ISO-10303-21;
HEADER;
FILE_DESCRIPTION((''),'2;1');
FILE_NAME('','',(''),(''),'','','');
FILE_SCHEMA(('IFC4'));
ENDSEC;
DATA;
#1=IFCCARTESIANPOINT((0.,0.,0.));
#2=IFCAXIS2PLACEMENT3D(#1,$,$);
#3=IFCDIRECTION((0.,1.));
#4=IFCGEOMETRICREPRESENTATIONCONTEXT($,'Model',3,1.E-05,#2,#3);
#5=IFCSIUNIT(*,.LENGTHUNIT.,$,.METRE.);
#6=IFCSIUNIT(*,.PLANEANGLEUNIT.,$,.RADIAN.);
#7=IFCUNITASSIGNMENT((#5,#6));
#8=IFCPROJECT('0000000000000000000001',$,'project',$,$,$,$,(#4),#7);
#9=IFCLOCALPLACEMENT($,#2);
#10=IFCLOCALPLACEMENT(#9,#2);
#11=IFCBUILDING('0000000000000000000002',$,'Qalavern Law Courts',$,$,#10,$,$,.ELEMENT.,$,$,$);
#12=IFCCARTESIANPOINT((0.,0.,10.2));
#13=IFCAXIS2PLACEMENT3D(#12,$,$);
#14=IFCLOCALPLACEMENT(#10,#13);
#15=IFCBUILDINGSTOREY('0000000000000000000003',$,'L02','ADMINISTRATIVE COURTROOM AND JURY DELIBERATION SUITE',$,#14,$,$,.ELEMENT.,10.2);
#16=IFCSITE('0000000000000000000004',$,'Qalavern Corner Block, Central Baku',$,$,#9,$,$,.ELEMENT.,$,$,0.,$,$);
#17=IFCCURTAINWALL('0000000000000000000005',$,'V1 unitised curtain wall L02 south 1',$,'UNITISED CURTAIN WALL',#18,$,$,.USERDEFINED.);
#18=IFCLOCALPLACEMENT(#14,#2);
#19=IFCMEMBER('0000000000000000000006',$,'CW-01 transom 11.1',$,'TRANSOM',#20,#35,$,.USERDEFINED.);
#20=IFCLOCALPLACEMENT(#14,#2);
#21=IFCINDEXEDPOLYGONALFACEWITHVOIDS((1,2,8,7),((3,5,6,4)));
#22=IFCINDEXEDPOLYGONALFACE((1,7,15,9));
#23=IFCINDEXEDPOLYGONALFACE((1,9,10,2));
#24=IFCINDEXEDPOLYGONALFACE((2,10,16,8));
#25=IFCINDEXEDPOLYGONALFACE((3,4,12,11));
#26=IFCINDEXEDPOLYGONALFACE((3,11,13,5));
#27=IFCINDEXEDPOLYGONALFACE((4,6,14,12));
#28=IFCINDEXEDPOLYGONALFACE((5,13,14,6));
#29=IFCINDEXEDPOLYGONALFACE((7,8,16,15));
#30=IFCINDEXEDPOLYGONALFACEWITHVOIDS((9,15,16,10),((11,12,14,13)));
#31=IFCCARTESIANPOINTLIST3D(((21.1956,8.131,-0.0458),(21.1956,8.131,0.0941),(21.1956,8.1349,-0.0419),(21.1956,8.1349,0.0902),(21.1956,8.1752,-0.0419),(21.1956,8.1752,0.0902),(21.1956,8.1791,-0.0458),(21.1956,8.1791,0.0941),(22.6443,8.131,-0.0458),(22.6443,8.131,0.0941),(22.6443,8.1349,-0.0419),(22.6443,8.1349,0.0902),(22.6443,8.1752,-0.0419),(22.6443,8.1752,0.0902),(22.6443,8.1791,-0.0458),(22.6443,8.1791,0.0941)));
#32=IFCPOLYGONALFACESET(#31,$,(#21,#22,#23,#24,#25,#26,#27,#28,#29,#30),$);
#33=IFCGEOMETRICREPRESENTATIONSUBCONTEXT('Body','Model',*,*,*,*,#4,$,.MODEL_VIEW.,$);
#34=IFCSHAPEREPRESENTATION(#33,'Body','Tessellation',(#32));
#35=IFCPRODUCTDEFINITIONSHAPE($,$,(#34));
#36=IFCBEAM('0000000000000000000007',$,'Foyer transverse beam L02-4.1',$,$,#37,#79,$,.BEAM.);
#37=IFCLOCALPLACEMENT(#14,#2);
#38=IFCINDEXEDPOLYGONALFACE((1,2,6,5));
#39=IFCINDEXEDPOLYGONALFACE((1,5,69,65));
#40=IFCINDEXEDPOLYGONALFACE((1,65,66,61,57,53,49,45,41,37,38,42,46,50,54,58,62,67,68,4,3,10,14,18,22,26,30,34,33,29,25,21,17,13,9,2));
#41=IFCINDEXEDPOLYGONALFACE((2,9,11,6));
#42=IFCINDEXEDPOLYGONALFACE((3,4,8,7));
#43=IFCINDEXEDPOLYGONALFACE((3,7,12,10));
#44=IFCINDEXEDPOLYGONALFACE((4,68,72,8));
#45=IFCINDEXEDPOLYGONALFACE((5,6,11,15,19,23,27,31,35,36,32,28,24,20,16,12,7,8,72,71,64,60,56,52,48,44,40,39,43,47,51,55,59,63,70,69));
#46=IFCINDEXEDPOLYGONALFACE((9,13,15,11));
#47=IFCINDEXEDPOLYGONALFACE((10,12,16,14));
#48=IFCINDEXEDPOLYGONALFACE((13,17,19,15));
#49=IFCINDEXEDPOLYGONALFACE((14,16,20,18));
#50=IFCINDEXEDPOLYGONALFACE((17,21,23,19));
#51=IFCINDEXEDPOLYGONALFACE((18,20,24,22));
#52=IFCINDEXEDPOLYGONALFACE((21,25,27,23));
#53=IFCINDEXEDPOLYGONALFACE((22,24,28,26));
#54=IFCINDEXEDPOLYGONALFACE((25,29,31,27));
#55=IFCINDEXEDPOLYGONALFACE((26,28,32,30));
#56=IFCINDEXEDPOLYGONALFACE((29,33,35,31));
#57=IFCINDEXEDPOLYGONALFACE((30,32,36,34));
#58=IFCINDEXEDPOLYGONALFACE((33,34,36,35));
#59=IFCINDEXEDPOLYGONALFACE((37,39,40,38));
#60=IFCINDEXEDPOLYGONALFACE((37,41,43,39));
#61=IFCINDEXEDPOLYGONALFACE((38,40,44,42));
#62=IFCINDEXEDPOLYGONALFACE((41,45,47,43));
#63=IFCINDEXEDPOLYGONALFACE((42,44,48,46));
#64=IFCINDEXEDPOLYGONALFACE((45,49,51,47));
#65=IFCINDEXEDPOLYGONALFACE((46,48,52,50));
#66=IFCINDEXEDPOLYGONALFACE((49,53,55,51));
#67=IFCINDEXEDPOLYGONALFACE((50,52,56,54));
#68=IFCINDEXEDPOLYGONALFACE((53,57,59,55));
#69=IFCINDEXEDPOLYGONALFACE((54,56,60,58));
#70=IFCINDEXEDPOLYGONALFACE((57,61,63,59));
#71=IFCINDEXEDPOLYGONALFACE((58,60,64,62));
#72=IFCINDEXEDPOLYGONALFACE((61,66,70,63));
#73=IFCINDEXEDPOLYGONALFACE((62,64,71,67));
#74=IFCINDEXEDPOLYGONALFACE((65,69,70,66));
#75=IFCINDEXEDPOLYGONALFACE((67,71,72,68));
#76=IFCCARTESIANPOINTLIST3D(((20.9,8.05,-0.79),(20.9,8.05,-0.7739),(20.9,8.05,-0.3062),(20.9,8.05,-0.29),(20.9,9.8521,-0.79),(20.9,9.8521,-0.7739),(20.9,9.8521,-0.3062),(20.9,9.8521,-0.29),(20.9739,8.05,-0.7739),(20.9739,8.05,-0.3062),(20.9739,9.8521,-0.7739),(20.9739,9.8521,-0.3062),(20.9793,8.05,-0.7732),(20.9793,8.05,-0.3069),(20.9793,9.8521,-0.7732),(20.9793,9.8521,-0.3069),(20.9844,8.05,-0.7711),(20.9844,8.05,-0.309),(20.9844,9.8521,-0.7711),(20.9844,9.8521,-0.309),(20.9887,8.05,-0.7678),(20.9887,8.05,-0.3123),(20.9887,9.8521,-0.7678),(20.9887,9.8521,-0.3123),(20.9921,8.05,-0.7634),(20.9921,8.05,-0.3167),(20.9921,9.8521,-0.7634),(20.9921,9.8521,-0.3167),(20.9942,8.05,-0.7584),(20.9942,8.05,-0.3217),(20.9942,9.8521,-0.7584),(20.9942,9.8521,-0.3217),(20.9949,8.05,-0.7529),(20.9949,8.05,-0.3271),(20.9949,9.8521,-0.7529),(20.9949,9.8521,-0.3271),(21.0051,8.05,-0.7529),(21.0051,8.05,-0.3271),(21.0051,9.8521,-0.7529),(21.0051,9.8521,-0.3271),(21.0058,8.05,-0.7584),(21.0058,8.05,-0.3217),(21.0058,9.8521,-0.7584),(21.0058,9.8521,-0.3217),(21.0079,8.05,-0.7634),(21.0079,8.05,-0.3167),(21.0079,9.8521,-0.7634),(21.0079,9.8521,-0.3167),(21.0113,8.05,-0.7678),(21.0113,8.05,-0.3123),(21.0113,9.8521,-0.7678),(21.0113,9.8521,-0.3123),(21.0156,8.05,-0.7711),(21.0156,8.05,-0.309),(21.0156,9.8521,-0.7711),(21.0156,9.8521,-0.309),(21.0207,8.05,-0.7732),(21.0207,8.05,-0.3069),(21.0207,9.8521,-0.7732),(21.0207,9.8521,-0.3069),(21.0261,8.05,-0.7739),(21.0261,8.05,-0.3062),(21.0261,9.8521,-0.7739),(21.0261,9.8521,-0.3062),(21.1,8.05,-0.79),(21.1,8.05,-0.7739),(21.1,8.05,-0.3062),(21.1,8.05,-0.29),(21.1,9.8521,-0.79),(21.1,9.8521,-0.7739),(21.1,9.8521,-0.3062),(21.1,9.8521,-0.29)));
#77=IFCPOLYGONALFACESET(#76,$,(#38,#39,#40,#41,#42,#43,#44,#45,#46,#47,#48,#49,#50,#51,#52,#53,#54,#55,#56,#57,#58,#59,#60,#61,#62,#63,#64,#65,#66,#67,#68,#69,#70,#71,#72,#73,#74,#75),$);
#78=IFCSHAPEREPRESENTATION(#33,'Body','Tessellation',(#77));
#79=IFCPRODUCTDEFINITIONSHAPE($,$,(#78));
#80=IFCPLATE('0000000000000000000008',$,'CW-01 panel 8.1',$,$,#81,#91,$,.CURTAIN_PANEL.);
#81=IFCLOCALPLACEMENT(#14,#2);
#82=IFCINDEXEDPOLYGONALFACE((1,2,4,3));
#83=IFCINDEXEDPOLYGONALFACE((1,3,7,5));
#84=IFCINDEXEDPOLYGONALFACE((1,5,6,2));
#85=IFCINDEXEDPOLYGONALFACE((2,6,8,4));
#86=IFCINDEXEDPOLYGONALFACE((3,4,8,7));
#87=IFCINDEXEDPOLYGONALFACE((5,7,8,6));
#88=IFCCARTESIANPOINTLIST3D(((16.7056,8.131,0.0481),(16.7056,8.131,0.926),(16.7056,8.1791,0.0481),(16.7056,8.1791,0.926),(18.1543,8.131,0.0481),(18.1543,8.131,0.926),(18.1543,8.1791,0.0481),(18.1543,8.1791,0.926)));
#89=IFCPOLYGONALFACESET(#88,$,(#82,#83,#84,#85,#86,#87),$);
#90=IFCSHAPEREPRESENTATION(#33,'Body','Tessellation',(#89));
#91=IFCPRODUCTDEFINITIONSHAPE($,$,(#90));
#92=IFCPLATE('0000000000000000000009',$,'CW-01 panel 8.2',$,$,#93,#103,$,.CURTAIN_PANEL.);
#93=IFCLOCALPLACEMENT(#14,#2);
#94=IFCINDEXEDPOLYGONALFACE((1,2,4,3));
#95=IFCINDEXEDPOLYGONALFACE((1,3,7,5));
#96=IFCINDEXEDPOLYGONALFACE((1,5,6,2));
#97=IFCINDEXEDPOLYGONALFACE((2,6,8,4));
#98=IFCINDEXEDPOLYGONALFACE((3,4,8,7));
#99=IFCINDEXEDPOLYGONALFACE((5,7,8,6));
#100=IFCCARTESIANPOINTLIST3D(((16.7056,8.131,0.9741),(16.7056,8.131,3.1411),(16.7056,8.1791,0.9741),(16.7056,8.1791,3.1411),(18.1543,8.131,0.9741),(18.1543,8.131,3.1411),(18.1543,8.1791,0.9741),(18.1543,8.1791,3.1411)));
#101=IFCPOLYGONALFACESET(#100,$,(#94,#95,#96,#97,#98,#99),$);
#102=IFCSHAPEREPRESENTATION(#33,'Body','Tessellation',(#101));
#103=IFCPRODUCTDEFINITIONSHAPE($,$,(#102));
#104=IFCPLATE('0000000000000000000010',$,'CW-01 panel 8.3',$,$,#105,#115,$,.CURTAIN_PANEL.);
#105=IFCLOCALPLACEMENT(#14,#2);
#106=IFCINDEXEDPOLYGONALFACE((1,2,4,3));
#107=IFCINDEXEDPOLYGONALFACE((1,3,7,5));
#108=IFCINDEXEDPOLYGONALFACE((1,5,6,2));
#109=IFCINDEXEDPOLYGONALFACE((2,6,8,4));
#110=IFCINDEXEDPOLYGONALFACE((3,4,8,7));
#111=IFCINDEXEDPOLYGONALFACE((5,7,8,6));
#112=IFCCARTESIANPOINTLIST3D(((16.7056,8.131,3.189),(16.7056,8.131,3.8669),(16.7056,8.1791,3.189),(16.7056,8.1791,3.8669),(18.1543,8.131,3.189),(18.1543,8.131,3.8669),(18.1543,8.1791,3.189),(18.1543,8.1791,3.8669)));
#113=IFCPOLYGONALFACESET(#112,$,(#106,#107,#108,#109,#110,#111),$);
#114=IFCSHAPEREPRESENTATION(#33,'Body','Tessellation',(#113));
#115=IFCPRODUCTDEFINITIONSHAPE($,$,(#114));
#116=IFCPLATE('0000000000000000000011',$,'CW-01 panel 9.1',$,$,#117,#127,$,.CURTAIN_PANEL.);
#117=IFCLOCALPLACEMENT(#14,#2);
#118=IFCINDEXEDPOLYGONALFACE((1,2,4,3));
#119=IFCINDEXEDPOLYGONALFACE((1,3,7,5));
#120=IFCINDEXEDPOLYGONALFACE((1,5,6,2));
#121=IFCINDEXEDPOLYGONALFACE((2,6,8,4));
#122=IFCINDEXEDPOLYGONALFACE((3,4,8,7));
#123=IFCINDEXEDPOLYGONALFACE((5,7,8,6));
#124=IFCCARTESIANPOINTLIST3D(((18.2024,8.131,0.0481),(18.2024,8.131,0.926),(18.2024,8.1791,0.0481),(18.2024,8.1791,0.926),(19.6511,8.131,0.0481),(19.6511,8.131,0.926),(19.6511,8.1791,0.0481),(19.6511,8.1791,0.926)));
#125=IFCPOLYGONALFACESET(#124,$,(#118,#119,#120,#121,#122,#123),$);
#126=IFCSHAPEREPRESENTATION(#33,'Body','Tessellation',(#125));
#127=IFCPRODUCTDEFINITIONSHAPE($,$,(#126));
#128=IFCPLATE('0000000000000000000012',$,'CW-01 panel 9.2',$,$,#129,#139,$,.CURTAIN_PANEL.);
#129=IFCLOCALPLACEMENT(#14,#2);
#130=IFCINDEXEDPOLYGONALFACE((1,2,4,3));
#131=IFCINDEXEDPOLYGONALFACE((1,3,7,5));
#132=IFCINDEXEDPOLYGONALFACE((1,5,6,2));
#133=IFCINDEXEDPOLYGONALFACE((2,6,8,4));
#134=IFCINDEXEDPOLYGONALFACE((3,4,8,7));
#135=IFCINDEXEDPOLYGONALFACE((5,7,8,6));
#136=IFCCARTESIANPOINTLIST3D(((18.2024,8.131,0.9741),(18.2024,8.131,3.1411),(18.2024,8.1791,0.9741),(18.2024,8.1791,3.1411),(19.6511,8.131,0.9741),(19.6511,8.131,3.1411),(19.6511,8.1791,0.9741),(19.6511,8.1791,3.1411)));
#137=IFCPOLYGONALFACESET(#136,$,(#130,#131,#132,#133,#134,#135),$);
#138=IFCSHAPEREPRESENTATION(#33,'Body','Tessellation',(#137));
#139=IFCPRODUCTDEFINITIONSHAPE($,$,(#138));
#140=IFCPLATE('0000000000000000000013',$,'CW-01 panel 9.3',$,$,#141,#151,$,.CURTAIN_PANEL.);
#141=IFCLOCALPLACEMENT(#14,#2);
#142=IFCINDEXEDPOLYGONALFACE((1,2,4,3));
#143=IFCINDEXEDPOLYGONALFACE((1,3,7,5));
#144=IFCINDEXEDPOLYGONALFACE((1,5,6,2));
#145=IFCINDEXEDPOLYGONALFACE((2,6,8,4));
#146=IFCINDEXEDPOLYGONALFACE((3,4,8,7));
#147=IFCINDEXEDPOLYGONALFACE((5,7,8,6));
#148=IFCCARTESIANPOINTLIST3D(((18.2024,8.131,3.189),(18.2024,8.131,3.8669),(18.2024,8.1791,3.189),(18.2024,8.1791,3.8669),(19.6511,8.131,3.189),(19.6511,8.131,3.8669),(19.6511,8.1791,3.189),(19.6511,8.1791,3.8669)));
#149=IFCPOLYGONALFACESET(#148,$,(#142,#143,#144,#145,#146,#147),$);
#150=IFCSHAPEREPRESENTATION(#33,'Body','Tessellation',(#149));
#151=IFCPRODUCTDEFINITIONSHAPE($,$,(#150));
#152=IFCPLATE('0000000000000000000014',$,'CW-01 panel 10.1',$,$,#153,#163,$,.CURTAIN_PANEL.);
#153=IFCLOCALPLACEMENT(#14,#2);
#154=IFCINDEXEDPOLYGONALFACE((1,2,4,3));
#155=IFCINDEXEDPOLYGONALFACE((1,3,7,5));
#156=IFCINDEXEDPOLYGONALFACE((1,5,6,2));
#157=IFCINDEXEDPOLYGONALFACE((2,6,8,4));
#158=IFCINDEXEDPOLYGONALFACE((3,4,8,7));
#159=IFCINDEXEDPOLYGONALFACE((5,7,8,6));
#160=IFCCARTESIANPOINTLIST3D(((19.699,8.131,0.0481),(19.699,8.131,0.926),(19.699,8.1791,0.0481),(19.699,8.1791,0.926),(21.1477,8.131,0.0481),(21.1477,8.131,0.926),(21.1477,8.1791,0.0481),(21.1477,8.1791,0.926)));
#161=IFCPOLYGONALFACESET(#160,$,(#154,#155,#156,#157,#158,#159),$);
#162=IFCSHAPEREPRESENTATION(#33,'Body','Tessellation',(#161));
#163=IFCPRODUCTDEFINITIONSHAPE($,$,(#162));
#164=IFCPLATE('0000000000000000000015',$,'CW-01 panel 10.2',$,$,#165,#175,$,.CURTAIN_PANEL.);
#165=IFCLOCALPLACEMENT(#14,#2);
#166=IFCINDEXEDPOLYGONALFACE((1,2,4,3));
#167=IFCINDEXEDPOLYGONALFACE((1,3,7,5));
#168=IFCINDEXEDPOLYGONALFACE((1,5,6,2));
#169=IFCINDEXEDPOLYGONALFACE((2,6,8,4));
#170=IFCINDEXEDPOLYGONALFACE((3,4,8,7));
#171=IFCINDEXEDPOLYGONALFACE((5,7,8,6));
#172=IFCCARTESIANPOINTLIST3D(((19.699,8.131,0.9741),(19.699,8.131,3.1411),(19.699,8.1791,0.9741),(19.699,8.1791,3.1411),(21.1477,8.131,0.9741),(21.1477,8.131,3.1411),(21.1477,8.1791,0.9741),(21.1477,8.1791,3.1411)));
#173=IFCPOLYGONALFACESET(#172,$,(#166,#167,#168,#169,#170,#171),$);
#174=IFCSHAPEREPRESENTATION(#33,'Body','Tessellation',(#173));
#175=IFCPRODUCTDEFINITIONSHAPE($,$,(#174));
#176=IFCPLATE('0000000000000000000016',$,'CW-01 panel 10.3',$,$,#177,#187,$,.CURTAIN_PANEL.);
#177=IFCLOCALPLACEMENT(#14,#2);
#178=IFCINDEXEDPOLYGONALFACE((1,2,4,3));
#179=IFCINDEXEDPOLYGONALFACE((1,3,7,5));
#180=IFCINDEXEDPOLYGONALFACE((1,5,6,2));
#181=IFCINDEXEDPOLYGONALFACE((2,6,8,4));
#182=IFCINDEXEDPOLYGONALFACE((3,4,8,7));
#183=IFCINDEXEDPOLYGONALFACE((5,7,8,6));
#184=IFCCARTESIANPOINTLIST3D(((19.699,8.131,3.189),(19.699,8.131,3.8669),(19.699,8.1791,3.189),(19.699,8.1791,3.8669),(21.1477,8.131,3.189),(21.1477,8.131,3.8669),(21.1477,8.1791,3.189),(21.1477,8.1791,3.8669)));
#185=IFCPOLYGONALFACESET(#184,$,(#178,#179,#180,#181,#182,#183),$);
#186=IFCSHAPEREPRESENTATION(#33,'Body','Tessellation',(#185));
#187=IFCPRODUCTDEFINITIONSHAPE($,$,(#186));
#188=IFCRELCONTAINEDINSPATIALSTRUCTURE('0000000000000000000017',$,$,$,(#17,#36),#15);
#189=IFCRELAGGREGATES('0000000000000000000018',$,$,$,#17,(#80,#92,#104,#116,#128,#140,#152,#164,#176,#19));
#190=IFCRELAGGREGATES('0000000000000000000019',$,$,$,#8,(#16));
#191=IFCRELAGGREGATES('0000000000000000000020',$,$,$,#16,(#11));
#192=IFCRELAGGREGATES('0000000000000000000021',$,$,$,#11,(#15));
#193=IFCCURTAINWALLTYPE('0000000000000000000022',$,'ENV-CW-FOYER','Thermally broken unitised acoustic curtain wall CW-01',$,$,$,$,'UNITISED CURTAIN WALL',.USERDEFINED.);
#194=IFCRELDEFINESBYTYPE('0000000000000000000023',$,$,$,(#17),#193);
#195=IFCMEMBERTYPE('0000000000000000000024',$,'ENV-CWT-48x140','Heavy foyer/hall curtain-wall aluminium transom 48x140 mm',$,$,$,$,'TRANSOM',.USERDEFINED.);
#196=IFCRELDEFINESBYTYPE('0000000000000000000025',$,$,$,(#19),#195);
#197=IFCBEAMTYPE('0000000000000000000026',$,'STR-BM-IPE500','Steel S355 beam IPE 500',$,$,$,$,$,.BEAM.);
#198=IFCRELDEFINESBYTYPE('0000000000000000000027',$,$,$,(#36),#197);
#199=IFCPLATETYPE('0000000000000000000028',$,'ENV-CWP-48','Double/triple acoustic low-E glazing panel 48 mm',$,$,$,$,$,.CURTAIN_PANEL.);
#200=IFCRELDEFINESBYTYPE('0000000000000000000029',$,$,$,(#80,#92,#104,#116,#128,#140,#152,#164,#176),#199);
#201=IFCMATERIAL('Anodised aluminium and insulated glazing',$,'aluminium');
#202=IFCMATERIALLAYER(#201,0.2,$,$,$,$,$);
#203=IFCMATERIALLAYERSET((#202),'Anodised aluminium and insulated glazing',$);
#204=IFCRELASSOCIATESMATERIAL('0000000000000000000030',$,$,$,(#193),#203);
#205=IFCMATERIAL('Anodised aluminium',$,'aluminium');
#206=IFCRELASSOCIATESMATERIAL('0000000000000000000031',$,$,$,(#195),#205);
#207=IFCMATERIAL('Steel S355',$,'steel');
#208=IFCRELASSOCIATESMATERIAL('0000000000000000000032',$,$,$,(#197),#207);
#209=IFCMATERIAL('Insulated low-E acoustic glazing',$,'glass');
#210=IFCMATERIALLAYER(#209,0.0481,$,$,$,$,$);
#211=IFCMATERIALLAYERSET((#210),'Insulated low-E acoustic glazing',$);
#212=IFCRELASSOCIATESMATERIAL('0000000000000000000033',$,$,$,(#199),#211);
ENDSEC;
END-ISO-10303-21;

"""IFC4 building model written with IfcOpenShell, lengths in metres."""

from ifc_helpers import new_model, si_unit, direction, frame, origin, origin_2d, place, context, subcontext, project, spatial, rectangle, hollow_rectangle, i_section, extrude, material, layer, layer_set, material_profile, profile_set, type_object, element, aggregate, save


model = new_model("IFC4")

# Units and contexts
model_context = context("Model", 3, precision=1e-05, world=origin(), true_north=direction((0.0, 1.0)))
body_context = subcontext(model_context, "Body", "Model", "MODEL_VIEW")
ifc_project = project(units=[si_unit("LENGTHUNIT", "METRE"), si_unit("PLANEANGLEUNIT", "RADIAN")], contexts=[model_context])

# Site, building, storey
site_placement = place(None, origin())
site = spatial("IfcSite", under=ifc_project, at=site_placement, Name="Qalavern Corner Block, Central Baku", CompositionType="ELEMENT", RefElevation=0.0)
building_placement = place(site_placement, origin())
building = spatial("IfcBuilding", under=site, at=building_placement, Name="Qalavern Law Courts", CompositionType="ELEMENT")
storey_placement = place(building_placement, frame((0.0, 0.0, 10.2)))
storey = spatial("IfcBuildingStorey", under=building, at=storey_placement, Name="L02", Description="ADMINISTRATIVE COURTROOM AND JURY DELIBERATION SUITE", CompositionType="ELEMENT", Elevation=10.2)

# Curtain wall, member
ifc_material_1 = material(Name="Anodised aluminium and insulated glazing", Category="aluminium")
ifc_layer_1 = layer(ifc_material_1, 0.2)
ifc_layer_set_1 = layer_set([ifc_layer_1], Name="Anodised aluminium and insulated glazing")
curtain_wall_type = type_object("IfcCurtainWallType", Name="ENV-CW-FOYER", Description="Thermally broken unitised acoustic curtain wall CW-01", ElementType="UNITISED CURTAIN WALL", PredefinedType="USERDEFINED", material=ifc_layer_set_1)
curtain_wall_placement = place(storey_placement, origin())
curtain_wall = element("IfcCurtainWall", 1, at=curtain_wall_placement, inside=storey, type_object=curtain_wall_type, Name="V1 unitised curtain wall L02 south 1", ObjectType="UNITISED CURTAIN WALL", PredefinedType="USERDEFINED")
ifc_material_2 = material(Name="Anodised aluminium", Category="aluminium")
ifc_material_profile_1 = material_profile(ifc_material_2, hollow_rectangle(XDim=0.0481, YDim=0.1399, WallThickness=0.0039, at=origin_2d()), Name="ALU TRANSOM 48x140")
ifc_profile_set_1 = profile_set([ifc_material_profile_1], Name="Anodised aluminium")
member_type_1 = type_object("IfcMemberType", Name="ENV-CWT-48x140", Description="Heavy foyer/hall curtain-wall aluminium transom 48x140 mm", ElementType="TRANSOM", PredefinedType="USERDEFINED", material=ifc_profile_set_1)
member_1_placement = place(storey_placement, frame((21.1956, 8.155, 0.0242), z_axis=(1.0, 0.0, 0.0), x_axis=(0.0, 1.0, 0.0)))
member_1 = element("IfcMember", 2, at=member_1_placement, type_object=member_type_1, Name="CW-01 transom 11.1", ObjectType="TRANSOM", PredefinedType="USERDEFINED", context=body_context, shape_type="SweptSolid", body=[
    extrude(hollow_rectangle(XDim=0.0481, YDim=0.1399, WallThickness=0.0039, at=origin_2d()), origin(), (0.0, 0.0, 1.0), 1.4487),
])

# Beam
ifc_material_3 = material(Name="Steel S355", Category="steel")
ifc_material_profile_2 = material_profile(ifc_material_3, i_section(OverallWidth=0.2, OverallDepth=0.5, WebThickness=0.0103, FlangeThickness=0.0161, FilletRadius=0.021, at=origin_2d()), Name="IPE 500")
ifc_profile_set_2 = profile_set([ifc_material_profile_2], Name="Steel S355")
beam_type = type_object("IfcBeamType", Name="STR-BM-IPE500", Description="Steel S355 beam IPE 500", PredefinedType="BEAM", material=ifc_profile_set_2)
beam_placement = place(storey_placement, frame((21.0, 8.05, -0.54), z_axis=(0.0, 1.0, 0.0), x_axis=(-1.0, 0.0, 0.0)))
element("IfcBeam", 3, at=beam_placement, inside=storey, type_object=beam_type, Name="Foyer transverse beam L02-4.1", PredefinedType="BEAM", context=body_context, shape_type="SweptSolid", body=[
    extrude(i_section(OverallWidth=0.2, OverallDepth=0.5, WebThickness=0.0103, FlangeThickness=0.0161, FilletRadius=0.021, at=origin_2d()), origin(), (0.0, 0.0, 1.0), 1.802),
])

# Plates
ifc_material_4 = material(Name="Insulated low-E acoustic glazing", Category="glass")
ifc_layer_2 = layer(ifc_material_4, 0.0481)
ifc_layer_set_2 = layer_set([ifc_layer_2], Name="Insulated low-E acoustic glazing")
plate_type = type_object("IfcPlateType", Name="ENV-CWP-48", Description="Double/triple acoustic low-E glazing panel 48 mm", PredefinedType="CURTAIN_PANEL", material=ifc_layer_set_2)
plate_1_placement = place(storey_placement, frame((17.4299, 8.155, 0.0481), z_axis=(0.0, 0.0, 1.0), x_axis=(1.0, 0.0, 0.0)))
plate_1 = element("IfcPlate", 4, at=plate_1_placement, type_object=plate_type, Name="CW-01 panel 8.1", PredefinedType="CURTAIN_PANEL", context=body_context, shape_type="SweptSolid", body=[
    extrude(rectangle(XDim=1.4487, YDim=0.0481, at=origin_2d()), origin(), (0.0, 0.0, 1.0), 0.8779),
])
plate_2_placement = place(storey_placement, frame((17.4299, 8.155, 0.9741), z_axis=(0.0, 0.0, 1.0), x_axis=(1.0, 0.0, 0.0)))
plate_2 = element("IfcPlate", 5, at=plate_2_placement, type_object=plate_type, Name="CW-01 panel 8.2", PredefinedType="CURTAIN_PANEL", context=body_context, shape_type="SweptSolid", body=[
    extrude(rectangle(XDim=1.4487, YDim=0.0481, at=origin_2d()), origin(), (0.0, 0.0, 1.0), 2.167),
])
plate_3_placement = place(storey_placement, frame((17.4299, 8.155, 3.189), z_axis=(0.0, 0.0, 1.0), x_axis=(1.0, 0.0, 0.0)))
plate_3 = element("IfcPlate", 6, at=plate_3_placement, type_object=plate_type, Name="CW-01 panel 8.3", PredefinedType="CURTAIN_PANEL", context=body_context, shape_type="SweptSolid", body=[
    extrude(rectangle(XDim=1.4487, YDim=0.0481, at=origin_2d()), origin(), (0.0, 0.0, 1.0), 0.678),
])
plate_4_placement = place(storey_placement, frame((18.9268, 8.155, 0.0481), z_axis=(0.0, 0.0, 1.0), x_axis=(1.0, 0.0, 0.0)))
plate_4 = element("IfcPlate", 7, at=plate_4_placement, type_object=plate_type, Name="CW-01 panel 9.1", PredefinedType="CURTAIN_PANEL", context=body_context, shape_type="SweptSolid", body=[
    extrude(rectangle(XDim=1.4487, YDim=0.0481, at=origin_2d()), origin(), (0.0, 0.0, 1.0), 0.8779),
])
plate_5_placement = place(storey_placement, frame((18.9268, 8.155, 0.9741), z_axis=(0.0, 0.0, 1.0), x_axis=(1.0, 0.0, 0.0)))
plate_5 = element("IfcPlate", 8, at=plate_5_placement, type_object=plate_type, Name="CW-01 panel 9.2", PredefinedType="CURTAIN_PANEL", context=body_context, shape_type="SweptSolid", body=[
    extrude(rectangle(XDim=1.4487, YDim=0.0481, at=origin_2d()), origin(), (0.0, 0.0, 1.0), 2.167),
])
plate_6_placement = place(storey_placement, frame((18.9268, 8.155, 3.189), z_axis=(0.0, 0.0, 1.0), x_axis=(1.0, 0.0, 0.0)))
plate_6 = element("IfcPlate", 9, at=plate_6_placement, type_object=plate_type, Name="CW-01 panel 9.3", PredefinedType="CURTAIN_PANEL", context=body_context, shape_type="SweptSolid", body=[
    extrude(rectangle(XDim=1.4487, YDim=0.0481, at=origin_2d()), origin(), (0.0, 0.0, 1.0), 0.678),
])
plate_7_placement = place(storey_placement, frame((20.4233, 8.155, 0.0481), z_axis=(0.0, 0.0, 1.0), x_axis=(1.0, 0.0, 0.0)))
plate_7 = element("IfcPlate", 10, at=plate_7_placement, type_object=plate_type, Name="CW-01 panel 10.1", PredefinedType="CURTAIN_PANEL", context=body_context, shape_type="SweptSolid", body=[
    extrude(rectangle(XDim=1.4487, YDim=0.0481, at=origin_2d()), origin(), (0.0, 0.0, 1.0), 0.8779),
])
plate_8_placement = place(storey_placement, frame((20.4233, 8.155, 0.9741), z_axis=(0.0, 0.0, 1.0), x_axis=(1.0, 0.0, 0.0)))
plate_8 = element("IfcPlate", 11, at=plate_8_placement, type_object=plate_type, Name="CW-01 panel 10.2", PredefinedType="CURTAIN_PANEL", context=body_context, shape_type="SweptSolid", body=[
    extrude(rectangle(XDim=1.4487, YDim=0.0481, at=origin_2d()), origin(), (0.0, 0.0, 1.0), 2.167),
])
plate_9_placement = place(storey_placement, frame((20.4233, 8.155, 3.189), z_axis=(0.0, 0.0, 1.0), x_axis=(1.0, 0.0, 0.0)))
plate_9 = element("IfcPlate", 12, at=plate_9_placement, type_object=plate_type, Name="CW-01 panel 10.3", PredefinedType="CURTAIN_PANEL", context=body_context, shape_type="SweptSolid", body=[
    extrude(rectangle(XDim=1.4487, YDim=0.0481, at=origin_2d()), origin(), (0.0, 0.0, 1.0), 0.678),
])
aggregate(curtain_wall, [plate_1, plate_2, plate_3, plate_4, plate_5, plate_6, plate_7, plate_8, plate_9, member_1])

save(model, "model.ifc")
